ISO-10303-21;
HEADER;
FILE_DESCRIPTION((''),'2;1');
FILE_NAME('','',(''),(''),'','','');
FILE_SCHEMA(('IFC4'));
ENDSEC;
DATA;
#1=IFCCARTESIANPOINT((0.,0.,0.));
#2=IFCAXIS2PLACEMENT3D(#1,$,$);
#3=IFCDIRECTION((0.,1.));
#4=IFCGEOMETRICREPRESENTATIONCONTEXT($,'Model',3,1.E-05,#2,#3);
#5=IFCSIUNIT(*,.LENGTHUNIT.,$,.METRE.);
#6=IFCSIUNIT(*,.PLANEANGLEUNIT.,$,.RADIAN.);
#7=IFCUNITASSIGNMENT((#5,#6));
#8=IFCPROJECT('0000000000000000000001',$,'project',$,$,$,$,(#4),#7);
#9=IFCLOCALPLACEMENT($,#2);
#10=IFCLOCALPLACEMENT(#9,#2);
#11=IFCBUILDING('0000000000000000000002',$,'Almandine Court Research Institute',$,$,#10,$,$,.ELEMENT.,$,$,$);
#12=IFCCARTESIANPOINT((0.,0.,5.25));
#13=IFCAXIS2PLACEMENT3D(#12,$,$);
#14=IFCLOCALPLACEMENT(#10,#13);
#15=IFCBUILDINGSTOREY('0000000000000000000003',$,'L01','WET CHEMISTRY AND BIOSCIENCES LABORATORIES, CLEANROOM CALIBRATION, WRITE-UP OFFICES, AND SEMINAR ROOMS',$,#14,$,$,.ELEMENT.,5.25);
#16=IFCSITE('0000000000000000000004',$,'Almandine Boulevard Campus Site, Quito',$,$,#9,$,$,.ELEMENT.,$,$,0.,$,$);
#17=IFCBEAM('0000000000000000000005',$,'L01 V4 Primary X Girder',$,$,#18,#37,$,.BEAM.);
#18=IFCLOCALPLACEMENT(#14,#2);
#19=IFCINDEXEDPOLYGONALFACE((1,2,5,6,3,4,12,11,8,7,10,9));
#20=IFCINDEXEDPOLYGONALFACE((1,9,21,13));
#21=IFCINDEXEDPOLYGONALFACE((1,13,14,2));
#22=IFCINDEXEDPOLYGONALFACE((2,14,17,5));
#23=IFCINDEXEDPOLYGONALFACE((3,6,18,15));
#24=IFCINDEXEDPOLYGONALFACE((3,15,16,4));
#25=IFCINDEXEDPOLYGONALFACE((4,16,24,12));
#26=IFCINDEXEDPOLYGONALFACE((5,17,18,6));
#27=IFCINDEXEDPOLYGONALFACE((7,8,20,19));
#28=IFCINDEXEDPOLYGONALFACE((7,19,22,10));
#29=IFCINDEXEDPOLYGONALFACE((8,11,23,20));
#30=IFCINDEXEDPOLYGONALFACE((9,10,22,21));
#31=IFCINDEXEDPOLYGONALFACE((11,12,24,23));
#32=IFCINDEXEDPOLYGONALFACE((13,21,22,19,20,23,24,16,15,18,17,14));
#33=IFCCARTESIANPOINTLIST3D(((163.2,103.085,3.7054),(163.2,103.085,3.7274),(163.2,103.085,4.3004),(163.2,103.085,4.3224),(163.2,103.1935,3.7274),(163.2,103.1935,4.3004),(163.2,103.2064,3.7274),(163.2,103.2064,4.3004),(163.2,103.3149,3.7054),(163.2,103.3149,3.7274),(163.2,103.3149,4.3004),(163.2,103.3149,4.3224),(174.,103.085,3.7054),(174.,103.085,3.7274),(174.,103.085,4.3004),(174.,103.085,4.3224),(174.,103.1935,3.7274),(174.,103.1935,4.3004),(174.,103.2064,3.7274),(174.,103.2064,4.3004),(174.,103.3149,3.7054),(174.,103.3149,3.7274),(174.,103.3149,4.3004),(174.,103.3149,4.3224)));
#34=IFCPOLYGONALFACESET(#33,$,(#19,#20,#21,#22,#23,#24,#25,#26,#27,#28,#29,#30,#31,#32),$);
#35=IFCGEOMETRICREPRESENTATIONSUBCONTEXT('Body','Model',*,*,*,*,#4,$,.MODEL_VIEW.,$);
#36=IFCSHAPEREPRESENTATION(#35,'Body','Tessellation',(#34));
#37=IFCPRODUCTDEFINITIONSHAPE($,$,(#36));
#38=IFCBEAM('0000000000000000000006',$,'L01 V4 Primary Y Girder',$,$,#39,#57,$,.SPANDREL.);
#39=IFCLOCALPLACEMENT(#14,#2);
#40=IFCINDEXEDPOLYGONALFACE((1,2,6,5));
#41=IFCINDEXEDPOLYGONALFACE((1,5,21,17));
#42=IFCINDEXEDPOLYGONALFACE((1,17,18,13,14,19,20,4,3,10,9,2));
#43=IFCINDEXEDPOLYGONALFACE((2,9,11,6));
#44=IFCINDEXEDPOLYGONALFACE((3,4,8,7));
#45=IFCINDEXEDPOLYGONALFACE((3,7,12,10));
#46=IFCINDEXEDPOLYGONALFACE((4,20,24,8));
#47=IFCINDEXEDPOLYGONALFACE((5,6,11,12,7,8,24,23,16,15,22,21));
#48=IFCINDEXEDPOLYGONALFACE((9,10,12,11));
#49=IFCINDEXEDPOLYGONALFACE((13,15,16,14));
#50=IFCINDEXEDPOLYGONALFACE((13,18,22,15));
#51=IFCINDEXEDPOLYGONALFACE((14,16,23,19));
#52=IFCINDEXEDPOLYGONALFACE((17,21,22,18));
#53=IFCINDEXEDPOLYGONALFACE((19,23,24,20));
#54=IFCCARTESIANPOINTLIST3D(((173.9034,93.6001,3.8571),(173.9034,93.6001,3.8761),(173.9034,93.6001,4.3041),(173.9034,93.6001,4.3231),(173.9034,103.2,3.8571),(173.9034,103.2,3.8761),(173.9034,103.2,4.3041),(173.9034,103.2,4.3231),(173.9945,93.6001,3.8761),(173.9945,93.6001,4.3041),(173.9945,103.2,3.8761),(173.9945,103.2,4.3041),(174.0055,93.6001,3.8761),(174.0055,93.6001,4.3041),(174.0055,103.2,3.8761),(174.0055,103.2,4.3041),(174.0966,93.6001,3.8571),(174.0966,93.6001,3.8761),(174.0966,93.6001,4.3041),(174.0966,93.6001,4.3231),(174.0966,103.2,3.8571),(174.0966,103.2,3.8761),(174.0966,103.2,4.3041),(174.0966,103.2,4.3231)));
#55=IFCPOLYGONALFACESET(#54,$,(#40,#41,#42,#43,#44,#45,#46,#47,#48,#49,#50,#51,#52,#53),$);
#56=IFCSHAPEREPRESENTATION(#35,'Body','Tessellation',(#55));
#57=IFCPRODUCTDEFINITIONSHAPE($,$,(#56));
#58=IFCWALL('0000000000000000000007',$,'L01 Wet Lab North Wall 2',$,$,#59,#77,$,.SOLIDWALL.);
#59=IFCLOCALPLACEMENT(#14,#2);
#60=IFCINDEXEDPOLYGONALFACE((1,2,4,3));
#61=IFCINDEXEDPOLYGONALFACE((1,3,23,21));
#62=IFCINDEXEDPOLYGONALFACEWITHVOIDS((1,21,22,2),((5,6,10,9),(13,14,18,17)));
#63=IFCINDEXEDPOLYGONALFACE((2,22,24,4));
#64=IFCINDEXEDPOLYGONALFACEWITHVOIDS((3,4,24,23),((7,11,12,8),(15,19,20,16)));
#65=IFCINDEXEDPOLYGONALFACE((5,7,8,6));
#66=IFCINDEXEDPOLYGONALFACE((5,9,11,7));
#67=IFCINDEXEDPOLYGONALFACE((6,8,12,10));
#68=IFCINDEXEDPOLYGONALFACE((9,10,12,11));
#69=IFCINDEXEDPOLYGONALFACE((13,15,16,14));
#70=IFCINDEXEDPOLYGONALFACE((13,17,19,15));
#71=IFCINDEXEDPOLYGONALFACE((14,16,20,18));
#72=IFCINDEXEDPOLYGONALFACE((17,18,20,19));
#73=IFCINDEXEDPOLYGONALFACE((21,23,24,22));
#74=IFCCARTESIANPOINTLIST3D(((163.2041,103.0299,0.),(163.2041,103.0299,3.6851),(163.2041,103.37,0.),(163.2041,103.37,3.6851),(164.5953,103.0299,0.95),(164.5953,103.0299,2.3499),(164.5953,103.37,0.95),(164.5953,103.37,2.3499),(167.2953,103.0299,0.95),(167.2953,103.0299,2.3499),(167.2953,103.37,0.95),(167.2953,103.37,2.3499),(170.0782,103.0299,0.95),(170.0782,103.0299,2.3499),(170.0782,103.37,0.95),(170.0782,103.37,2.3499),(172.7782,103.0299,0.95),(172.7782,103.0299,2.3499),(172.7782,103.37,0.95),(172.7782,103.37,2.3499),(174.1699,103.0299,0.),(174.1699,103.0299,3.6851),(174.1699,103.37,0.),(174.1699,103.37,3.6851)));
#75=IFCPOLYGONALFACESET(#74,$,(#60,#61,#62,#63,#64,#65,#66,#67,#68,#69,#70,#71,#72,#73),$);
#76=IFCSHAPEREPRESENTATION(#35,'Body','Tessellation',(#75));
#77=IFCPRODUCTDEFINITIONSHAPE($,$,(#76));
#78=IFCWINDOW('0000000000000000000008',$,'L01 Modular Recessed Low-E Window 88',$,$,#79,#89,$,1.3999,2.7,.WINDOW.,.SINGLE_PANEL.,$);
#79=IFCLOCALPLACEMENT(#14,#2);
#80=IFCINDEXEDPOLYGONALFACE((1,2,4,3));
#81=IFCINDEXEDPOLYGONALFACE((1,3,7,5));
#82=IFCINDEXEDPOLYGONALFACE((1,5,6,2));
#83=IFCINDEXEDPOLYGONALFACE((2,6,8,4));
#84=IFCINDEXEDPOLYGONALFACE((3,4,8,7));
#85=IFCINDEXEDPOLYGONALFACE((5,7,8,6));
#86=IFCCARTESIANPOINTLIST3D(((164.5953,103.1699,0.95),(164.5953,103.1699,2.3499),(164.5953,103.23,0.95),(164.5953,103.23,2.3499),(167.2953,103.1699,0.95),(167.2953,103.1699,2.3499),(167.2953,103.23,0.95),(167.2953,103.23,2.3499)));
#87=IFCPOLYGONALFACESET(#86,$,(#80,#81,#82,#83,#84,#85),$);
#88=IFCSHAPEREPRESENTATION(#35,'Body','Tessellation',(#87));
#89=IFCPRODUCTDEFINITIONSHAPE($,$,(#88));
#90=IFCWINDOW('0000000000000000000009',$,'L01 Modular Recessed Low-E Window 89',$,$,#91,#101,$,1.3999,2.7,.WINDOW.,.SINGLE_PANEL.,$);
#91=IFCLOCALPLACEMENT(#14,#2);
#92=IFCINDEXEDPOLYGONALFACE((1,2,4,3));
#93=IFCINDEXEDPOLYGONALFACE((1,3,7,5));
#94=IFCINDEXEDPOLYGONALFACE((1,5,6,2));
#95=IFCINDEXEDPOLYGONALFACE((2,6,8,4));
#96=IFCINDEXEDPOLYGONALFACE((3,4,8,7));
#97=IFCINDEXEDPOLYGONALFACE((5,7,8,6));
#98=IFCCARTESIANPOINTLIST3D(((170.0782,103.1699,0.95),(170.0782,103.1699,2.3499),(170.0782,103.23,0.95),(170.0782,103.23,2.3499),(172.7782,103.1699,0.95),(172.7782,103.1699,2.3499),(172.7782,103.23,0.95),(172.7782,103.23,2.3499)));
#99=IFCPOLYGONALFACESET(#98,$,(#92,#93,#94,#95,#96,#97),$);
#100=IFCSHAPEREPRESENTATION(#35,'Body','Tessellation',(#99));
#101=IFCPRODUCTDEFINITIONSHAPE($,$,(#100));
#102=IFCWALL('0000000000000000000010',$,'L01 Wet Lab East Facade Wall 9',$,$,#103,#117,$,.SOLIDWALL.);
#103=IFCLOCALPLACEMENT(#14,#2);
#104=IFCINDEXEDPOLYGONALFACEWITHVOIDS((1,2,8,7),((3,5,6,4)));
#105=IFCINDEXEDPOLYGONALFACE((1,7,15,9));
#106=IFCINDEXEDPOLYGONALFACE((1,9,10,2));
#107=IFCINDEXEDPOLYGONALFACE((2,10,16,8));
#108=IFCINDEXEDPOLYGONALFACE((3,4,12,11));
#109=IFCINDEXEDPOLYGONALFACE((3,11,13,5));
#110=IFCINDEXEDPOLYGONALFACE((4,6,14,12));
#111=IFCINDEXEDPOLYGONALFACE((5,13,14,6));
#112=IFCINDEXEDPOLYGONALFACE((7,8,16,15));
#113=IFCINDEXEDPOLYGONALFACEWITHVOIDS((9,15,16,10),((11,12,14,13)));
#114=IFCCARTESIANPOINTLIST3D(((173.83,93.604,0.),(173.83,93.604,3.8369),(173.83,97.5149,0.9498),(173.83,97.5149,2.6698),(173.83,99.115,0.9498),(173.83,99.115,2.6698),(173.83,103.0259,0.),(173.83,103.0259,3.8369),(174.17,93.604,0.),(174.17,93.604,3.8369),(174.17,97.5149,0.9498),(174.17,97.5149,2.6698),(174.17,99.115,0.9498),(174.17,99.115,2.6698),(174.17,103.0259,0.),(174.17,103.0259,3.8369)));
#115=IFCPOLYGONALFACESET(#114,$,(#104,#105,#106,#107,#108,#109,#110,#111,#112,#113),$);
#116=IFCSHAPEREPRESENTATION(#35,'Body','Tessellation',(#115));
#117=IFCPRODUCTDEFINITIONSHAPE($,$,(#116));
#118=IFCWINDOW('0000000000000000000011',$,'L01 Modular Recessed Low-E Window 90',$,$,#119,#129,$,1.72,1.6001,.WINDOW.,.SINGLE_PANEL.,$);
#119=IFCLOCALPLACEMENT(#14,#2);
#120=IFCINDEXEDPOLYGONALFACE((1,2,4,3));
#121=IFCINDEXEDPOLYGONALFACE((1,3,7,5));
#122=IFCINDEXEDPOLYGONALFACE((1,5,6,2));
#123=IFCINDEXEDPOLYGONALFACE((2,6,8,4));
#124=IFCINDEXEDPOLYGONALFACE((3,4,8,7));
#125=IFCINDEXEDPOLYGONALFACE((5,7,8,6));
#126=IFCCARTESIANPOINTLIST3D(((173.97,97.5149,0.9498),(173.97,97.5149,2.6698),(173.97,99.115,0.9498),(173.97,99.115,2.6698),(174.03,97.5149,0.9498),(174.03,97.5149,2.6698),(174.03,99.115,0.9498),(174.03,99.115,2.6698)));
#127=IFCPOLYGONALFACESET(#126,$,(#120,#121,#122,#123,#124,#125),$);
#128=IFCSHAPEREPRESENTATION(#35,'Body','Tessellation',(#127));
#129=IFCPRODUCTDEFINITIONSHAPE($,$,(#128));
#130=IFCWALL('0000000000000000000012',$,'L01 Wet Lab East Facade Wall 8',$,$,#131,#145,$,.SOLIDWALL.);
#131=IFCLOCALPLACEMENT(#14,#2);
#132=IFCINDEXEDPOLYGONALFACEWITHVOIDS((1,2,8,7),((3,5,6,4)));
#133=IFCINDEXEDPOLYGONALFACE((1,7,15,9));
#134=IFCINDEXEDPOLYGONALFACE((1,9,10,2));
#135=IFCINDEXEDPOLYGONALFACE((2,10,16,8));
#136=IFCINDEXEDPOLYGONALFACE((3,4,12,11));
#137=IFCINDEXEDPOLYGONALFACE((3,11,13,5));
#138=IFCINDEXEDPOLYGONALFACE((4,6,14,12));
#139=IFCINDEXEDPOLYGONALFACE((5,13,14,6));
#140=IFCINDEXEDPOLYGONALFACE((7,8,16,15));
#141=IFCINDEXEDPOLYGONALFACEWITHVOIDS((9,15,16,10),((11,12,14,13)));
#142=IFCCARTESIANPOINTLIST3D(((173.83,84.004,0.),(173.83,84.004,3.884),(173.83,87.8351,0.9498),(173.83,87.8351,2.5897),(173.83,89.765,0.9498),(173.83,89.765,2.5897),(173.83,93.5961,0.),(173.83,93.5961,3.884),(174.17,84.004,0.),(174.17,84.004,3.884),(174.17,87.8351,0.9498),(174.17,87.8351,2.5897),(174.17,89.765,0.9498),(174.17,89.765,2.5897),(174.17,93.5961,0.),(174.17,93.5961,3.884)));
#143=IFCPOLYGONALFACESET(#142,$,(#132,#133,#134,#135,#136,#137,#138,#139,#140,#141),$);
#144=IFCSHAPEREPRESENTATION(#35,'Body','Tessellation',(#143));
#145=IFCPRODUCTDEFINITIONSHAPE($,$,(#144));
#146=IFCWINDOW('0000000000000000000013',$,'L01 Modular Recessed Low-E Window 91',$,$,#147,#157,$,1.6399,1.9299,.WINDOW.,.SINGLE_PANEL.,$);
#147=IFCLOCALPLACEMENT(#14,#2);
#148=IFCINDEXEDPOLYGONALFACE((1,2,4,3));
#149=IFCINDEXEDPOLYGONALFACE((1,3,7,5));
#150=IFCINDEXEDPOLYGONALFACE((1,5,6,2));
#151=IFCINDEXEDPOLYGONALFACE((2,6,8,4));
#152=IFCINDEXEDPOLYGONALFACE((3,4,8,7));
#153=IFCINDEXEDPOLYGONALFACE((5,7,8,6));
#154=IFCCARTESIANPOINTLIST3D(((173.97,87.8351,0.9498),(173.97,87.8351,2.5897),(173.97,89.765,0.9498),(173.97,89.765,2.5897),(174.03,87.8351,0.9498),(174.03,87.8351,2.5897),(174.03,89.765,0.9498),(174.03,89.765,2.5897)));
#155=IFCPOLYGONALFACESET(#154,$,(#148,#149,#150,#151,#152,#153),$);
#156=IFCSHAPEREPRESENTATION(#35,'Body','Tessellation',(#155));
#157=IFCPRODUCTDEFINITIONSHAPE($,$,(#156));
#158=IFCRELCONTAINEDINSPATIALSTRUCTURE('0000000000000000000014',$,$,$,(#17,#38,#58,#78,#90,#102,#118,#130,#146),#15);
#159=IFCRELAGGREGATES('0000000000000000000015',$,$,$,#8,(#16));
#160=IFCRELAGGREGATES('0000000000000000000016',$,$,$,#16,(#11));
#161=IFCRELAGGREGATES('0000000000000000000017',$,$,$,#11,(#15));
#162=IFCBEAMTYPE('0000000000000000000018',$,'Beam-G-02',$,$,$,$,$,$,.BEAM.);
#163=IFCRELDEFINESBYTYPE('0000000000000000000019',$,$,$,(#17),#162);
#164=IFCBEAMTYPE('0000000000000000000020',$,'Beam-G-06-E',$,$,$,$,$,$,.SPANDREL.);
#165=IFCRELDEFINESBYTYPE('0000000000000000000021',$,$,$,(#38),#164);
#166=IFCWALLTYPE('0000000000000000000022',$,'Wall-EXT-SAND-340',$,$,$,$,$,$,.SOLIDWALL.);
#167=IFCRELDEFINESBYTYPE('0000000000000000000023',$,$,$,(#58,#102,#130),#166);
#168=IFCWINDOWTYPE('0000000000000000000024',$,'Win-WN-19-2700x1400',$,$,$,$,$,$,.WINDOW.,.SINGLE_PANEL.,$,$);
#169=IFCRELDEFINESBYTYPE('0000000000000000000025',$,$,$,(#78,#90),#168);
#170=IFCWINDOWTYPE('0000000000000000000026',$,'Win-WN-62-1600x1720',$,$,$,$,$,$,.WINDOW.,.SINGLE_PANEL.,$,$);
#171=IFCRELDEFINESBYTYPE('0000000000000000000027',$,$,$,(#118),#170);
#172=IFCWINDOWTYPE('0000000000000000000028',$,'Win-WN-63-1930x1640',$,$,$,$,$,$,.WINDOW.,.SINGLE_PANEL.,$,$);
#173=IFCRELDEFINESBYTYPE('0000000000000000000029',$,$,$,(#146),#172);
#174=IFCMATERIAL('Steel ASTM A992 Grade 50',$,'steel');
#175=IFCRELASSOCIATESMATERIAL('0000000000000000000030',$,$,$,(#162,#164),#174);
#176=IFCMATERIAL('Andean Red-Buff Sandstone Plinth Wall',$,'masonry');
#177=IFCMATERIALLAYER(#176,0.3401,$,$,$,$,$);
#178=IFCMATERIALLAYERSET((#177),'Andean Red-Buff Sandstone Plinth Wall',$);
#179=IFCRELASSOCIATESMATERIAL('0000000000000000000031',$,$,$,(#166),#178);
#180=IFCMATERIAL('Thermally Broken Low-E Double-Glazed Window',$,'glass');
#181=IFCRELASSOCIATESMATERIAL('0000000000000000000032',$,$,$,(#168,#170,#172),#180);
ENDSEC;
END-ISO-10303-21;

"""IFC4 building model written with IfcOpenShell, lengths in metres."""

from ifc_helpers import new_model, si_unit, direction, frame, frame_2d, origin, origin_2d, place, context, subcontext, project, spatial, rectangle, i_section, extrude, material, layer, layer_set, material_profile, profile_set, type_object, element, fill, save


model = new_model("IFC4")

# Units and contexts
model_context = context("Model", 3, precision=1e-05, world=origin(), true_north=direction((0.0, 1.0)))
body_context = subcontext(model_context, "Body", "Model", "MODEL_VIEW")
ifc_project = project(units=[si_unit("LENGTHUNIT", "METRE"), si_unit("PLANEANGLEUNIT", "RADIAN")], contexts=[model_context])

# Site, building, storey
site_placement = place(None, origin())
site = spatial("IfcSite", under=ifc_project, at=site_placement, Name="Almandine Boulevard Campus Site, Quito", CompositionType="ELEMENT", RefElevation=0.0)
building_placement = place(site_placement, origin())
building = spatial("IfcBuilding", under=site, at=building_placement, Name="Almandine Court Research Institute", CompositionType="ELEMENT")
storey_placement = place(building_placement, frame((0.0, 0.0, 5.25)))
storey = spatial("IfcBuildingStorey", under=building, at=storey_placement, Name="L01", Description="WET CHEMISTRY AND BIOSCIENCES LABORATORIES, CLEANROOM CALIBRATION, WRITE-UP OFFICES, AND SEMINAR ROOMS", CompositionType="ELEMENT", Elevation=5.25)

# Shared definitions
ifc_material_1 = material(Name="Steel ASTM A992 Grade 50", Category="steel")

# Beams
ifc_material_profile_1 = material_profile(ifc_material_1, i_section(OverallWidth=0.23, OverallDepth=0.6169, WebThickness=0.0129, FlangeThickness=0.022, at=origin_2d()), Name="W610x140")
ifc_profile_set_1 = profile_set([ifc_material_profile_1], Name="Steel ASTM A992 Grade 50")
beam_type_1 = type_object("IfcBeamType", Name="Beam-G-02", PredefinedType="BEAM", material=ifc_profile_set_1)
for number, where, z_axis, x_axis, name in (
    (1, (163.2, 103.2, 4.0139), (1.0, 0.0, 0.0), (0.0, 1.0, 0.0), "L01 V4 Primary X Girder"),
):
    element("IfcBeam", number, at=place(storey_placement, frame(where, z_axis=z_axis, x_axis=x_axis)), inside=storey, type_object=beam_type_1, Name=name, PredefinedType="BEAM", context=body_context, shape_type="SweptSolid", body=[
        extrude(i_section(OverallWidth=0.23, OverallDepth=0.6169, WebThickness=0.0129, FlangeThickness=0.022, at=origin_2d()), origin(), (0.0, 0.0, 1.0), 10.8),
    ])
ifc_material_profile_2 = material_profile(ifc_material_1, i_section(OverallWidth=0.1931, OverallDepth=0.4661, WebThickness=0.011, FlangeThickness=0.019, at=origin_2d()), Name="W460x97")
ifc_profile_set_2 = profile_set([ifc_material_profile_2], Name="Steel ASTM A992 Grade 50")
beam_type_2 = type_object("IfcBeamType", Name="Beam-G-06-E", PredefinedType="SPANDREL", material=ifc_profile_set_2)
beam_1_placement = place(storey_placement, frame((174.0, 93.6001, 4.0901), z_axis=(0.0, 1.0, 0.0), x_axis=(-1.0, 0.0, 0.0)))
element("IfcBeam", 2, at=beam_1_placement, inside=storey, type_object=beam_type_2, Name="L01 V4 Primary Y Girder", PredefinedType="SPANDREL", context=body_context, shape_type="SweptSolid", body=[
    extrude(i_section(OverallWidth=0.1931, OverallDepth=0.4661, WebThickness=0.011, FlangeThickness=0.019, at=origin_2d()), origin(), (0.0, 0.0, 1.0), 9.5999),
])

# Wall, openings, windows
ifc_material_2 = material(Name="Andean Red-Buff Sandstone Plinth Wall", Category="masonry")
ifc_layer_1 = layer(ifc_material_2, 0.3401)
ifc_layer_set_1 = layer_set([ifc_layer_1], Name="Andean Red-Buff Sandstone Plinth Wall")
wall_type_1 = type_object("IfcWallType", Name="Wall-EXT-SAND-340", PredefinedType="SOLIDWALL", material=ifc_layer_set_1)
wall_1_placement = place(storey_placement, frame((163.2041, 103.2, 0.0), z_axis=(0.0, 0.0, 1.0), x_axis=(1.0, 0.0, 0.0)))
wall_1 = element("IfcWall", 3, at=wall_1_placement, inside=storey, type_object=wall_type_1, Name="L01 Wet Lab North Wall 2", PredefinedType="SOLIDWALL", context=body_context, shape_type="SweptSolid", body=[
    extrude(rectangle(XDim=10.9658, YDim=0.3401, at=frame_2d((5.4829, 0.0))), origin(), (0.0, 0.0, 1.0), 3.6851),
])
opening_1_placement = place(wall_1_placement, frame((1.3911, 0.0, 0.95)))
opening_1 = element("IfcOpeningElement", 4, at=opening_1_placement, cuts=wall_1, PredefinedType="OPENING", context=body_context, shape_type="SweptSolid", body=[
    extrude(rectangle(XDim=2.7, YDim=1.3999, at=frame_2d((1.3501, 0.7))), frame((0.0, 0.1799, 0.0), z_axis=(0.0, -1.0, 0.0), x_axis=(1.0, 0.0, 0.0)), (0.0, 0.0, 1.0), 0.3601),
])
opening_2_placement = place(wall_1_placement, frame((6.874, 0.0, 0.95)))
opening_2 = element("IfcOpeningElement", 5, at=opening_2_placement, cuts=wall_1, PredefinedType="OPENING", context=body_context, shape_type="SweptSolid", body=[
    extrude(rectangle(XDim=2.7, YDim=1.3999, at=frame_2d((1.3501, 0.7))), frame((0.0, 0.1799, 0.0), z_axis=(0.0, -1.0, 0.0), x_axis=(1.0, 0.0, 0.0)), (0.0, 0.0, 1.0), 0.3601),
])
ifc_material_3 = material(Name="Thermally Broken Low-E Double-Glazed Window", Category="glass")
window_type_1 = type_object("IfcWindowType", Name="Win-WN-19-2700x1400", PartitioningType="SINGLE_PANEL", PredefinedType="WINDOW", material=ifc_material_3)
window_1_placement = place(opening_1_placement, origin())
window_1 = element("IfcWindow", 6, at=window_1_placement, inside=storey, type_object=window_type_1, Name="L01 Modular Recessed Low-E Window 88", OverallHeight=1.3999, OverallWidth=2.7, PartitioningType="SINGLE_PANEL", PredefinedType="WINDOW", context=body_context, shape_type="SweptSolid", body=[
    extrude(rectangle(XDim=2.7, YDim=1.3999, at=frame_2d((1.3501, 0.7))), frame((0.0, 0.03, 0.0), z_axis=(0.0, -1.0, 0.0), x_axis=(1.0, 0.0, 0.0)), (0.0, 0.0, 1.0), 0.0601),
])
fill(opening_1, window_1)
window_2_placement = place(opening_2_placement, origin())
window_2 = element("IfcWindow", 7, at=window_2_placement, inside=storey, type_object=window_type_1, Name="L01 Modular Recessed Low-E Window 89", OverallHeight=1.3999, OverallWidth=2.7, PartitioningType="SINGLE_PANEL", PredefinedType="WINDOW", context=body_context, shape_type="SweptSolid", body=[
    extrude(rectangle(XDim=2.7, YDim=1.3999, at=frame_2d((1.3501, 0.7))), frame((0.0, 0.03, 0.0), z_axis=(0.0, -1.0, 0.0), x_axis=(1.0, 0.0, 0.0)), (0.0, 0.0, 1.0), 0.0601),
])
fill(opening_2, window_2)

# Walls, openings, windows
wall_2_placement = place(storey_placement, frame((174.0, 103.0259, 0.0), z_axis=(0.0, 0.0, 1.0), x_axis=(0.0, -1.0, 0.0)))
wall_2 = element("IfcWall", 8, at=wall_2_placement, inside=storey, type_object=wall_type_1, Name="L01 Wet Lab East Facade Wall 9", PredefinedType="SOLIDWALL", context=body_context, shape_type="SweptSolid", body=[
    extrude(rectangle(XDim=9.4219, YDim=0.3401, at=frame_2d((4.7109, 0.0))), origin(), (0.0, 0.0, 1.0), 3.8369),
])
opening_3_placement = place(wall_2_placement, frame((3.9109, 0.0, 0.95)))
opening_3 = element("IfcOpeningElement", 9, at=opening_3_placement, cuts=wall_2, PredefinedType="OPENING", context=body_context, shape_type="SweptSolid", body=[
    extrude(rectangle(XDim=1.6001, YDim=1.72, at=frame_2d((0.8, 0.8599))), frame((0.0, 0.1799, 0.0), z_axis=(0.0, -1.0, 0.0), x_axis=(1.0, 0.0, 0.0)), (0.0, 0.0, 1.0), 0.3601),
])
window_type_2 = type_object("IfcWindowType", Name="Win-WN-62-1600x1720", PartitioningType="SINGLE_PANEL", PredefinedType="WINDOW", material=ifc_material_3)
window_3_placement = place(opening_3_placement, origin())
window_3 = element("IfcWindow", 10, at=window_3_placement, inside=storey, type_object=window_type_2, Name="L01 Modular Recessed Low-E Window 90", OverallHeight=1.72, OverallWidth=1.6001, PartitioningType="SINGLE_PANEL", PredefinedType="WINDOW", context=body_context, shape_type="SweptSolid", body=[
    extrude(rectangle(XDim=1.6001, YDim=1.72, at=frame_2d((0.8, 0.8599))), frame((0.0, 0.03, 0.0), z_axis=(0.0, -1.0, 0.0), x_axis=(1.0, 0.0, 0.0)), (0.0, 0.0, 1.0), 0.0601),
])
fill(opening_3, window_3)
wall_3_placement = place(storey_placement, frame((174.0, 93.5959, 0.0), z_axis=(0.0, 0.0, 1.0), x_axis=(0.0, -1.0, 0.0)))
wall_3 = element("IfcWall", 11, at=wall_3_placement, inside=storey, type_object=wall_type_1, Name="L01 Wet Lab East Facade Wall 8", PredefinedType="SOLIDWALL", context=body_context, shape_type="SweptSolid", body=[
    extrude(rectangle(XDim=9.592, YDim=0.3401, at=frame_2d((4.7959, 0.0))), origin(), (0.0, 0.0, 1.0), 3.884),
])
opening_4_placement = place(wall_3_placement, frame((3.8311, 0.0, 0.95)))
opening_4 = element("IfcOpeningElement", 12, at=opening_4_placement, cuts=wall_3, PredefinedType="OPENING", context=body_context, shape_type="SweptSolid", body=[
    extrude(rectangle(XDim=1.9299, YDim=1.6399, at=frame_2d((0.9648, 0.8198))), frame((0.0, 0.1799, 0.0), z_axis=(0.0, -1.0, 0.0), x_axis=(1.0, 0.0, 0.0)), (0.0, 0.0, 1.0), 0.3601),
])
window_type_3 = type_object("IfcWindowType", Name="Win-WN-63-1930x1640", PartitioningType="SINGLE_PANEL", PredefinedType="WINDOW", material=ifc_material_3)
window_4_placement = place(opening_4_placement, origin())
window_4 = element("IfcWindow", 13, at=window_4_placement, inside=storey, type_object=window_type_3, Name="L01 Modular Recessed Low-E Window 91", OverallHeight=1.6399, OverallWidth=1.9299, PartitioningType="SINGLE_PANEL", PredefinedType="WINDOW", context=body_context, shape_type="SweptSolid", body=[
    extrude(rectangle(XDim=1.9299, YDim=1.6399, at=frame_2d((0.9648, 0.8198))), frame((0.0, 0.03, 0.0), z_axis=(0.0, -1.0, 0.0), x_axis=(1.0, 0.0, 0.0)), (0.0, 0.0, 1.0), 0.0601),
])
fill(opening_4, window_4)

save(model, "model.ifc")
